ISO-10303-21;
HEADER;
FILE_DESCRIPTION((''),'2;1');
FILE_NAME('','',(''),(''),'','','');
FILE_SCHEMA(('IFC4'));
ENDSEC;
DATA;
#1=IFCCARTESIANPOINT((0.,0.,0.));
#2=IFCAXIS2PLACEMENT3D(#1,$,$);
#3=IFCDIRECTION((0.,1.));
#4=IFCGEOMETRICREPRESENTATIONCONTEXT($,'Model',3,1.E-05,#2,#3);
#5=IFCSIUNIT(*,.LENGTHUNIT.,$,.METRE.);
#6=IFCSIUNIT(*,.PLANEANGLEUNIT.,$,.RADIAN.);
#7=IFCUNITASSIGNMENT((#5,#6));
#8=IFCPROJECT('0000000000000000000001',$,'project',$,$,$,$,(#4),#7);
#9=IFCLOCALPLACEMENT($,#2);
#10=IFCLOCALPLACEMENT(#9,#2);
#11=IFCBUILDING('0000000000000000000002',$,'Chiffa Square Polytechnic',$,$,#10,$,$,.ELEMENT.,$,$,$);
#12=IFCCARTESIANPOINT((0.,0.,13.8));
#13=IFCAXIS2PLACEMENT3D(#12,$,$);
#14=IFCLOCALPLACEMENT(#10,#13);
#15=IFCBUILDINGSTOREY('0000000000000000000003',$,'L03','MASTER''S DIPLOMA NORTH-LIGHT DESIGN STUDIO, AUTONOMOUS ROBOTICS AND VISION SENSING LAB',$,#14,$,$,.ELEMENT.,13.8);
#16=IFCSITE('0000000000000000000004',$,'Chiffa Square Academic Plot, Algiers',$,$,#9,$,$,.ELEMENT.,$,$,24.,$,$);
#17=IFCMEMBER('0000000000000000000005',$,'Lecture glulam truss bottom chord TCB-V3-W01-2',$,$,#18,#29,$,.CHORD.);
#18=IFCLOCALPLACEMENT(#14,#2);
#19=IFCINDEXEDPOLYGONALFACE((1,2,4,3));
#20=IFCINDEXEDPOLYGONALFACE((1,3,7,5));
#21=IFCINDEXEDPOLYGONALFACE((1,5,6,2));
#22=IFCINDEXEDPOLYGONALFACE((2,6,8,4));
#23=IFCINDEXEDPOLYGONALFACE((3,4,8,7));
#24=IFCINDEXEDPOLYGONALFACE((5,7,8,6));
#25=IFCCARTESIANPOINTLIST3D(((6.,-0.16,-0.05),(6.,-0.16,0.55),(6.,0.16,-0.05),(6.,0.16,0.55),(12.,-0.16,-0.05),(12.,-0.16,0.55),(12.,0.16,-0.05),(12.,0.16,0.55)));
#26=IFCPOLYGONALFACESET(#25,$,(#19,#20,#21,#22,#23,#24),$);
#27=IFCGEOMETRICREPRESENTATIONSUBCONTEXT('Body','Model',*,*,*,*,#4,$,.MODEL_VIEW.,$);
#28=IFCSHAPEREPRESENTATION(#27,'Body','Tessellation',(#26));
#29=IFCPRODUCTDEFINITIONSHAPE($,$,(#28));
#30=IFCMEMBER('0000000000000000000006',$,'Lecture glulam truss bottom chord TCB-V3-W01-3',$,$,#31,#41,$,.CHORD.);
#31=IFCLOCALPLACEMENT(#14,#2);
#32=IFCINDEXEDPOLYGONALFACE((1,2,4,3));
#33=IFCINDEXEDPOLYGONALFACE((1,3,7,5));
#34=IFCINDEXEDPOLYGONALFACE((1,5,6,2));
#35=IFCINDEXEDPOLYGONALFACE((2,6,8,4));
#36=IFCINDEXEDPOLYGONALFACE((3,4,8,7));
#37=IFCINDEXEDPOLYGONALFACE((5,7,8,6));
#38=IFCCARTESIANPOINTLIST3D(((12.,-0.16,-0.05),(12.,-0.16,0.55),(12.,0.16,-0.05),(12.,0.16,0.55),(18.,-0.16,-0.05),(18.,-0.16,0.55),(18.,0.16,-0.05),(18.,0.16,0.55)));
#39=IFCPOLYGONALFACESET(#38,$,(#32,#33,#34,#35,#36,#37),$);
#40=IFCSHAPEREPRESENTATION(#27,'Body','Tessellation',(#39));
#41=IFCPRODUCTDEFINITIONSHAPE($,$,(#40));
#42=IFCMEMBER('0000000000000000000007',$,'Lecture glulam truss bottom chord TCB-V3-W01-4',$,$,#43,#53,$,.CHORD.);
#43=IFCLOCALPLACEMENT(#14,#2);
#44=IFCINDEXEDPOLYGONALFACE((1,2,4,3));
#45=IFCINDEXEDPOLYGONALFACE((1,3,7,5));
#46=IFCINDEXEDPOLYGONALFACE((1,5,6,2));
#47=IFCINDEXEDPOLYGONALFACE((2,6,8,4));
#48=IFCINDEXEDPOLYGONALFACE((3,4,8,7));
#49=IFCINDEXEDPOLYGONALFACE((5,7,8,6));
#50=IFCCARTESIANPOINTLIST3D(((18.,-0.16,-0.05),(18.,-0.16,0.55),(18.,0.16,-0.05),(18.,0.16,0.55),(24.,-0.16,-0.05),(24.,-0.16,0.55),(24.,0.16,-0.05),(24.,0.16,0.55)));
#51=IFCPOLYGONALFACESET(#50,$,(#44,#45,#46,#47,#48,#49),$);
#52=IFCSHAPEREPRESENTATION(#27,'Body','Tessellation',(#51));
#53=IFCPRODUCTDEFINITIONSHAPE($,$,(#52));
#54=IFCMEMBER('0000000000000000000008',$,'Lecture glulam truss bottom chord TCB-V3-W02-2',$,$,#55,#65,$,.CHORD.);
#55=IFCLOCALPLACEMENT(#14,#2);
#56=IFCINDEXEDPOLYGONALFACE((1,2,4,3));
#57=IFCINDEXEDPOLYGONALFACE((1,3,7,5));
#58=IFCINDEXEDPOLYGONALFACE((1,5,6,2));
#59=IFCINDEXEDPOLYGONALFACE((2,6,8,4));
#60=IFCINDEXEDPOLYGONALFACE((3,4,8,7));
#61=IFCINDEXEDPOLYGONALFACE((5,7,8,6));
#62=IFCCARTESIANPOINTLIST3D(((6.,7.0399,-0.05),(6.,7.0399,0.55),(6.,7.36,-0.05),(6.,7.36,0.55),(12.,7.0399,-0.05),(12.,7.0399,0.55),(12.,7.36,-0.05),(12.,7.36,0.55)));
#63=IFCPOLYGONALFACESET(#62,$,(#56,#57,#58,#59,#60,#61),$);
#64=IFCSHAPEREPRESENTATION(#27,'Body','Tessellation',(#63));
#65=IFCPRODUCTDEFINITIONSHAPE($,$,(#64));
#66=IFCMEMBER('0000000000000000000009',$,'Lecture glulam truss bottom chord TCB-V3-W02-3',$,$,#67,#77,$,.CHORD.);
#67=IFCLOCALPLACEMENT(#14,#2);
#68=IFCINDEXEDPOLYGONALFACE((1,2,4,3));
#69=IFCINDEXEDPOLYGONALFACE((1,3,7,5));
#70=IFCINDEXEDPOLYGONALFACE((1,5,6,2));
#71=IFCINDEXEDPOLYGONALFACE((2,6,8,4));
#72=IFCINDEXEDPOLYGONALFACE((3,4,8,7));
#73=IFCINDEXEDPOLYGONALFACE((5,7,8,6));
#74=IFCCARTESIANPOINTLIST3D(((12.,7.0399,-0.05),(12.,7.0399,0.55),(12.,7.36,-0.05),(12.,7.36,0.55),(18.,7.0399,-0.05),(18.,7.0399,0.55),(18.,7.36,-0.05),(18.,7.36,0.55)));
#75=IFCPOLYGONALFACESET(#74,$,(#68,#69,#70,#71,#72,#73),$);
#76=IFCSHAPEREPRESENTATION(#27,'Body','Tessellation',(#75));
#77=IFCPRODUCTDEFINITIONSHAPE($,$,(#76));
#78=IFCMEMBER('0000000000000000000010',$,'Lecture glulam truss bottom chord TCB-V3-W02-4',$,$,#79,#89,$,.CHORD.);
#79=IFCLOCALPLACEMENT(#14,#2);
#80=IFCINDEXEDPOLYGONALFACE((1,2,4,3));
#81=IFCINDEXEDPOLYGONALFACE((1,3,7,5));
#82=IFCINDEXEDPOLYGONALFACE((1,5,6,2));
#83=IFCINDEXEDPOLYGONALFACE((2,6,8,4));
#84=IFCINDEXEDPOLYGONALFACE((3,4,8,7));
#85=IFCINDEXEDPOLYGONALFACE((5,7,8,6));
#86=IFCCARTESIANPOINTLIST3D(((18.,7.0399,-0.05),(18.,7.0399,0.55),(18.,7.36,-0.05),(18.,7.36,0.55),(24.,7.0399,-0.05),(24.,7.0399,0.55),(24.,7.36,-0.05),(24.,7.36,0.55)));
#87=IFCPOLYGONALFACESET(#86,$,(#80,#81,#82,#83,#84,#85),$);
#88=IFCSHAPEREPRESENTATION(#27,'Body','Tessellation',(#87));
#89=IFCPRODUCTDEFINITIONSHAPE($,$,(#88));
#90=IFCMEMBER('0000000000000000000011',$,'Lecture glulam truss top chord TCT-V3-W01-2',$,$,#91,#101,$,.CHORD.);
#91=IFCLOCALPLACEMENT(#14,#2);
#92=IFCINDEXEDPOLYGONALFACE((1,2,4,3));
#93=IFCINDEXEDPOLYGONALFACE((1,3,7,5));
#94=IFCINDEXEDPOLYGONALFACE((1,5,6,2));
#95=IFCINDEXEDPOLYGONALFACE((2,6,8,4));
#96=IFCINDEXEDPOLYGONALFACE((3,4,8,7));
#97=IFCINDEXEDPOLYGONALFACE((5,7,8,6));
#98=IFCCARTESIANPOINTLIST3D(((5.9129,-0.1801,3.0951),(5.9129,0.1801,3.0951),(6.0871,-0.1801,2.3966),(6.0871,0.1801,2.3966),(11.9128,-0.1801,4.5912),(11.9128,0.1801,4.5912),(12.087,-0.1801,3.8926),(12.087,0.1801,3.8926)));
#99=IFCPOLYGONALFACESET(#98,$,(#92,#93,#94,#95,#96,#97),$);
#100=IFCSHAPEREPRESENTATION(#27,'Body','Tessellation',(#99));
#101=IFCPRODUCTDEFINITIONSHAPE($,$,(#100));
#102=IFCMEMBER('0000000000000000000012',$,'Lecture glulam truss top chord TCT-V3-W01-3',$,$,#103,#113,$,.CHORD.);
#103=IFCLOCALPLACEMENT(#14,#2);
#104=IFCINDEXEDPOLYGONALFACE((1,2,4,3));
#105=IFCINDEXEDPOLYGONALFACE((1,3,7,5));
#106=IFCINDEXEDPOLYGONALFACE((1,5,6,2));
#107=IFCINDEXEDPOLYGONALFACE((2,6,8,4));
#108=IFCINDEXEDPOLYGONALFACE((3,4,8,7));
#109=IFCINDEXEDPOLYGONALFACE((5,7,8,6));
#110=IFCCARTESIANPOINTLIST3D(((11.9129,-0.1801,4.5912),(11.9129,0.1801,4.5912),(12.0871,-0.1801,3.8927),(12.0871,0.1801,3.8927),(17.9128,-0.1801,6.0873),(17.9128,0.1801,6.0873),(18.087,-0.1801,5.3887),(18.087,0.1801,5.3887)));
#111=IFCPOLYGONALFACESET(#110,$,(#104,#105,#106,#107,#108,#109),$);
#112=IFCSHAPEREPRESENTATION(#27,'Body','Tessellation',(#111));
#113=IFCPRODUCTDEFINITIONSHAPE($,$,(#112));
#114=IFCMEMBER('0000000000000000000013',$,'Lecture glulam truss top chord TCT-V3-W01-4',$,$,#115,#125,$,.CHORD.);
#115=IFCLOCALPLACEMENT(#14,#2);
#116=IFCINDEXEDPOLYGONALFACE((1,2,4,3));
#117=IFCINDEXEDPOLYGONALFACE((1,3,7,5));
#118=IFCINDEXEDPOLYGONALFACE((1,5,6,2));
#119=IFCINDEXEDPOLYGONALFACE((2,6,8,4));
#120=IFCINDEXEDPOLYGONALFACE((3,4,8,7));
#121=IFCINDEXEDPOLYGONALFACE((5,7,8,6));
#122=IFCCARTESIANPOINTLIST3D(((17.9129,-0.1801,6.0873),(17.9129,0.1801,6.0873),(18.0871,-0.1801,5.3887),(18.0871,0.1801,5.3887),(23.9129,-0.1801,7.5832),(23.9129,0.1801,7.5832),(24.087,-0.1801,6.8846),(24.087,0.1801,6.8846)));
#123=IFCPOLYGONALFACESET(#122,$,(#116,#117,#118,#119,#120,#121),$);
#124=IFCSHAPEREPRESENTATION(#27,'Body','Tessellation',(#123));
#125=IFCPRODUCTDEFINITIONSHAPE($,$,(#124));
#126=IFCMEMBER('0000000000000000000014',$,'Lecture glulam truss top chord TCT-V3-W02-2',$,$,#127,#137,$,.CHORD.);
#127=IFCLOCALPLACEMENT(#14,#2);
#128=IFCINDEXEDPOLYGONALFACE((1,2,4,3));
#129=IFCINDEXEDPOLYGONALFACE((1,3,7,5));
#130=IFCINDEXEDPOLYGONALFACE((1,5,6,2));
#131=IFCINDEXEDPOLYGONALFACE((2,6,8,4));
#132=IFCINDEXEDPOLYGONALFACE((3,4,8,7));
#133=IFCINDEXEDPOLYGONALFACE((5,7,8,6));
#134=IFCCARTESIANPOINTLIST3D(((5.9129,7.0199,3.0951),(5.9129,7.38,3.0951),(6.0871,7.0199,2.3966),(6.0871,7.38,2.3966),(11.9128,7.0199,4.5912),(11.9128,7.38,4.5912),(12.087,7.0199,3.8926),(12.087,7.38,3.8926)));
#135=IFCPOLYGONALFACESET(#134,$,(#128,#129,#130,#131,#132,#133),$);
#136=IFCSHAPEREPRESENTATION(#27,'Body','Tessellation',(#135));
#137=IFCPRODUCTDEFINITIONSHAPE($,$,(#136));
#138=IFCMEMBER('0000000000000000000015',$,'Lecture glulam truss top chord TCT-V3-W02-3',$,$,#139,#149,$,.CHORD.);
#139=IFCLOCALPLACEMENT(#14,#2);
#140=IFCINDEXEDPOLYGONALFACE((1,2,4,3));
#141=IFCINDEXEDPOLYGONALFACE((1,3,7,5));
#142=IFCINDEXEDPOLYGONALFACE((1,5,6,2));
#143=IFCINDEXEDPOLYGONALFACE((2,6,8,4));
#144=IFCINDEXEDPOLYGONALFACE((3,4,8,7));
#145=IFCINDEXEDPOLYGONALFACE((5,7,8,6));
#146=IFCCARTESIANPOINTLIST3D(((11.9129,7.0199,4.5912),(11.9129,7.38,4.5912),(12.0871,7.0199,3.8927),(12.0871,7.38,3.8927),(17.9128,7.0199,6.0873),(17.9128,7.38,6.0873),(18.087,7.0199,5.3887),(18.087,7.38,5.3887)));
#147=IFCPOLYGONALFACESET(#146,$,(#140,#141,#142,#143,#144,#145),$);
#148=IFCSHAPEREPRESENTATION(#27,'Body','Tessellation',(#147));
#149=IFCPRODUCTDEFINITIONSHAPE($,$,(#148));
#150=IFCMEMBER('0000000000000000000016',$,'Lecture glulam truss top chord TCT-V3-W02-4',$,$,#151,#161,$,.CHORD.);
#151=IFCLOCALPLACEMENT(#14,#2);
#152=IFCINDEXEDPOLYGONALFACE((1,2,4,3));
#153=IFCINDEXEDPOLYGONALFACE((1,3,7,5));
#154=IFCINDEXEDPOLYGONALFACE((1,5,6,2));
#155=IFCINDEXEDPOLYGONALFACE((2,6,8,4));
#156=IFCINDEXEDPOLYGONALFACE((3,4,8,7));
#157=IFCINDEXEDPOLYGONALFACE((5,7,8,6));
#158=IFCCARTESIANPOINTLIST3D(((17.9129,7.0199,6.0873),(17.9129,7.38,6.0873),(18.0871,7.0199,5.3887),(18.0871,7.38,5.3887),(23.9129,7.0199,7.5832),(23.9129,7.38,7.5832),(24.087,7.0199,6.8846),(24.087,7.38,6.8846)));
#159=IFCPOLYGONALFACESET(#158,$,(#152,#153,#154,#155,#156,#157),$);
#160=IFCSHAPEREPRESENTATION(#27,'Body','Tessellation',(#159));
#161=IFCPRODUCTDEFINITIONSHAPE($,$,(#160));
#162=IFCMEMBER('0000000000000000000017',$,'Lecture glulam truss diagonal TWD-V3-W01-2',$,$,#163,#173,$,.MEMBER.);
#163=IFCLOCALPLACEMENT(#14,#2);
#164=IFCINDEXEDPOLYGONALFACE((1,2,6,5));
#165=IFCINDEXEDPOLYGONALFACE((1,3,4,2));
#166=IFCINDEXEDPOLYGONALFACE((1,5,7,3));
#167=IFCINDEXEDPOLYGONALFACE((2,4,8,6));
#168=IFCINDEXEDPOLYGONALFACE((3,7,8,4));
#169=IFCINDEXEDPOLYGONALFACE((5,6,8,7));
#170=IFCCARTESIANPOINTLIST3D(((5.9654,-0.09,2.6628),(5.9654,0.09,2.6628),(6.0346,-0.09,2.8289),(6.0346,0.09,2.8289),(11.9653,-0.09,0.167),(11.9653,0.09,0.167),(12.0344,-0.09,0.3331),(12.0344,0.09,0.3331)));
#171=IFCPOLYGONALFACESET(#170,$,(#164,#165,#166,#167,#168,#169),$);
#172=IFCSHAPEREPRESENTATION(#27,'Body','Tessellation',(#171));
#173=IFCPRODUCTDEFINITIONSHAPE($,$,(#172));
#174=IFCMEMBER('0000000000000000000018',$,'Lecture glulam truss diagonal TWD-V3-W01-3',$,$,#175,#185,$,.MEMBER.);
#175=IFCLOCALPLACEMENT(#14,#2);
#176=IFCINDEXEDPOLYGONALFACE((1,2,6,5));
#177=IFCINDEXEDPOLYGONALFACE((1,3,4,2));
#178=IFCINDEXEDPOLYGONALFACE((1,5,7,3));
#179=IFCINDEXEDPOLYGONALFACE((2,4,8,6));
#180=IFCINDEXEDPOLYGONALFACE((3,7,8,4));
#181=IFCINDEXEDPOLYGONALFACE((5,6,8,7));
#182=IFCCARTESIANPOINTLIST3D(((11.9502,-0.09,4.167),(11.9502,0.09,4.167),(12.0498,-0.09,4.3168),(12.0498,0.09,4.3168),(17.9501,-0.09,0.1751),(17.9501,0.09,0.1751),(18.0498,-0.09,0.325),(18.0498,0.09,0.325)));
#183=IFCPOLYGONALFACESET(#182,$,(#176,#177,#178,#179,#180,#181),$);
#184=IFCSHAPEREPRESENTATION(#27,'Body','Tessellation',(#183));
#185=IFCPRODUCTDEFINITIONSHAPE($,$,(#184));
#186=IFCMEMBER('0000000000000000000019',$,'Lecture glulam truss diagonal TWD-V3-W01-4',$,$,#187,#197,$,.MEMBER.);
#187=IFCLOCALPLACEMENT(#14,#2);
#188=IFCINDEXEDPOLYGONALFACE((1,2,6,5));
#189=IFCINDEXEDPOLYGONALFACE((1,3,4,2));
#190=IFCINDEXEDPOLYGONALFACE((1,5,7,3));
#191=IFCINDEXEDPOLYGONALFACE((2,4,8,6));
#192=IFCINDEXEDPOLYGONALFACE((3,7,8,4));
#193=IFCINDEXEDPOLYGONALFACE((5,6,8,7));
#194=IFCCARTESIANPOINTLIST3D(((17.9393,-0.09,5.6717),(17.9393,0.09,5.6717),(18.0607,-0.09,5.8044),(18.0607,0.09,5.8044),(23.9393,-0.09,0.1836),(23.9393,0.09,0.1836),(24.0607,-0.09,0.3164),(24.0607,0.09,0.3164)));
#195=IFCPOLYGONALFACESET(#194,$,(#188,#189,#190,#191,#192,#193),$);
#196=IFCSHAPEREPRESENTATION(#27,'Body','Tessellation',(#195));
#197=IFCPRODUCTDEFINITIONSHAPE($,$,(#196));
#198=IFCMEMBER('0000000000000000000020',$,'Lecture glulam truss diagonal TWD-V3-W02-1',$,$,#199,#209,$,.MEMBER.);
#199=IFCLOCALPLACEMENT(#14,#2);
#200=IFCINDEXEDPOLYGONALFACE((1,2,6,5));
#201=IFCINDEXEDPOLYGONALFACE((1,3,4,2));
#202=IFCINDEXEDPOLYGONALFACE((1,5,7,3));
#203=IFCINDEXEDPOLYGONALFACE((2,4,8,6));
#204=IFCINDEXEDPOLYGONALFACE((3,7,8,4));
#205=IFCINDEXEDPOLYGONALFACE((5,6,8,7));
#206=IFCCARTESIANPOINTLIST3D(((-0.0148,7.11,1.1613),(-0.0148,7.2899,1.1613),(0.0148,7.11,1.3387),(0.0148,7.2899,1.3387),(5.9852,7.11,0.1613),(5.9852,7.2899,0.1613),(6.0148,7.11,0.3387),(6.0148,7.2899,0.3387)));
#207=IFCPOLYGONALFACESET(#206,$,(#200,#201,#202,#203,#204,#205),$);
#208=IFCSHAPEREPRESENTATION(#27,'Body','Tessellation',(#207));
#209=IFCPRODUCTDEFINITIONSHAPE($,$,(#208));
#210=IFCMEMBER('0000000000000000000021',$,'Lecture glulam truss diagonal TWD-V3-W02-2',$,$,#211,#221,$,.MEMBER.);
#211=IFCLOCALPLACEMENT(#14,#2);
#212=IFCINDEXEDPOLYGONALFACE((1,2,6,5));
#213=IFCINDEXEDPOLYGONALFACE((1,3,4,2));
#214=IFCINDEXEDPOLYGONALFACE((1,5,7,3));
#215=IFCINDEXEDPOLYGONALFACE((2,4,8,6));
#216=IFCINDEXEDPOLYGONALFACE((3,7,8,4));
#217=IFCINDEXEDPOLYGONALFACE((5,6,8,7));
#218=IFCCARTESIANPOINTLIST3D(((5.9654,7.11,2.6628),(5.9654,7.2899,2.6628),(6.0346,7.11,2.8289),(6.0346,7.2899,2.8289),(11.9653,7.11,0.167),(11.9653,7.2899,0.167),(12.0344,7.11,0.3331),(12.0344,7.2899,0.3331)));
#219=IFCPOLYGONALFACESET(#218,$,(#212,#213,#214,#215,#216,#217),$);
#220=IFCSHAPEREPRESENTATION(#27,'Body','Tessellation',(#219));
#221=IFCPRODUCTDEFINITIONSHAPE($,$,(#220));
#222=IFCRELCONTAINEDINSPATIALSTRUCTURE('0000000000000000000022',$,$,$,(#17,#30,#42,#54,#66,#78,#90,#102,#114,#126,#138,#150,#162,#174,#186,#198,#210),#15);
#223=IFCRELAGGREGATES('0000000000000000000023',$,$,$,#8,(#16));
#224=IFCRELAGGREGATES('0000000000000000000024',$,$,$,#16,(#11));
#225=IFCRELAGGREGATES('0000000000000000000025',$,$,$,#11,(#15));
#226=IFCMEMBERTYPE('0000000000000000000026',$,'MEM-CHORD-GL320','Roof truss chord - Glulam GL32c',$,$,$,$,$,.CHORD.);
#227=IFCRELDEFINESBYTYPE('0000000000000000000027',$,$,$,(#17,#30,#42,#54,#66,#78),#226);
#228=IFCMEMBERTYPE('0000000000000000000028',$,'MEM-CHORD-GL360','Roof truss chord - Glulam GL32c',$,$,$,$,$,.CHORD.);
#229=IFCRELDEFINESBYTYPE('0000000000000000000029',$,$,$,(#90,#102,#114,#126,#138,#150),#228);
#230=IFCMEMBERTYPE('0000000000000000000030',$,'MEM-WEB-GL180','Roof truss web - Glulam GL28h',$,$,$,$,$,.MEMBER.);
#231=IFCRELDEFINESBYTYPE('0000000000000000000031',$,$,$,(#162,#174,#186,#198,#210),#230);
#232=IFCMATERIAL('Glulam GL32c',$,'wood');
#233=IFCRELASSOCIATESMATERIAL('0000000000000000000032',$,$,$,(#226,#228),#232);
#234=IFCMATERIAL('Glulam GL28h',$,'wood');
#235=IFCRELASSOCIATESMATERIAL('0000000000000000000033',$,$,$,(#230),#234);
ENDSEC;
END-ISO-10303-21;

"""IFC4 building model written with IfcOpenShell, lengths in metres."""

from ifc_helpers import new_model, si_unit, direction, frame, origin, origin_2d, place, context, subcontext, project, spatial, rectangle, extrude, material, material_profile, profile_set, type_object, element, save


model = new_model("IFC4")

# Units and contexts
model_context = context("Model", 3, precision=1e-05, world=origin(), true_north=direction((0.0, 1.0)))
body_context = subcontext(model_context, "Body", "Model", "MODEL_VIEW")
ifc_project = project(units=[si_unit("LENGTHUNIT", "METRE"), si_unit("PLANEANGLEUNIT", "RADIAN")], contexts=[model_context])

# Site, building, storey
site_placement = place(None, origin())
site = spatial("IfcSite", under=ifc_project, at=site_placement, Name="Chiffa Square Academic Plot, Algiers", CompositionType="ELEMENT", RefElevation=24.0)
building_placement = place(site_placement, origin())
building = spatial("IfcBuilding", under=site, at=building_placement, Name="Chiffa Square Polytechnic", CompositionType="ELEMENT")
storey_placement = place(building_placement, frame((0.0, 0.0, 13.8)))
storey = spatial("IfcBuildingStorey", under=building, at=storey_placement, Name="L03", Description="MASTER'S DIPLOMA NORTH-LIGHT DESIGN STUDIO, AUTONOMOUS ROBOTICS AND VISION SENSING LAB", CompositionType="ELEMENT", Elevation=13.8)

# Members
ifc_material_1 = material(Name="Glulam GL32c", Category="wood")
ifc_material_profile_1 = material_profile(ifc_material_1, rectangle(XDim=0.3201, YDim=0.6001, at=origin_2d()), Name="GL32c 320x600")
ifc_profile_set_1 = profile_set([ifc_material_profile_1], Name="Glulam GL32c")
member_type_1 = type_object("IfcMemberType", Name="MEM-CHORD-GL320", Description="Roof truss chord - Glulam GL32c", PredefinedType="CHORD", material=ifc_profile_set_1)
for number, where, z_axis, x_axis, name in (
    (1, (6.0, 0.0, 0.25), (1.0, 0.0, 0.0), (0.0, 1.0, 0.0), "Lecture glulam truss bottom chord TCB-V3-W01-2"),
    (2, (12.0, 0.0, 0.25), (1.0, 0.0, 0.0), (0.0, 1.0, 0.0), "Lecture glulam truss bottom chord TCB-V3-W01-3"),
    (3, (18.0, 0.0, 0.25), (1.0, 0.0, 0.0), (0.0, 1.0, 0.0), "Lecture glulam truss bottom chord TCB-V3-W01-4"),
    (4, (6.0, 7.2, 0.25), (1.0, 0.0, 0.0), (0.0, 1.0, 0.0), "Lecture glulam truss bottom chord TCB-V3-W02-2"),
    (5, (12.0, 7.2, 0.25), (1.0, 0.0, 0.0), (0.0, 1.0, 0.0), "Lecture glulam truss bottom chord TCB-V3-W02-3"),
    (6, (18.0, 7.2, 0.25), (1.0, 0.0, 0.0), (0.0, 1.0, 0.0), "Lecture glulam truss bottom chord TCB-V3-W02-4"),
):
    element("IfcMember", number, at=place(storey_placement, frame(where, z_axis=z_axis, x_axis=x_axis)), inside=storey, type_object=member_type_1, Name=name, PredefinedType="CHORD", context=body_context, shape_type="SweptSolid", body=[
        extrude(rectangle(XDim=0.3201, YDim=0.6001, at=origin_2d()), origin(), (0.0, 0.0, 1.0), 6.0),
    ])
ifc_material_profile_2 = material_profile(ifc_material_1, rectangle(XDim=0.3601, YDim=0.72, at=origin_2d()), Name="GL32c 360x720")
ifc_profile_set_2 = profile_set([ifc_material_profile_2], Name="Glulam GL32c")
member_type_2 = type_object("IfcMemberType", Name="MEM-CHORD-GL360", Description="Roof truss chord - Glulam GL32c", PredefinedType="CHORD", material=ifc_profile_set_2)
for number, where, z_axis, x_axis, name in (
    (7, (6.0, 0.0, 2.7458), (0.970291, 0.0, 0.241941), (0.0, 1.0, 0.0), "Lecture glulam truss top chord TCT-V3-W01-2"),
    (8, (12.0, 0.0, 4.2419), (0.970291, 0.0, 0.241941), (0.0, 1.0, 0.0), "Lecture glulam truss top chord TCT-V3-W01-3"),
    (9, (18.0, 0.0, 5.738), (0.9703, 0.0, 0.241904), (0.0, 1.0, 0.0), "Lecture glulam truss top chord TCT-V3-W01-4"),
    (10, (6.0, 7.2, 2.7458), (0.970291, 0.0, 0.241941), (0.0, 1.0, 0.0), "Lecture glulam truss top chord TCT-V3-W02-2"),
    (11, (12.0, 7.2, 4.2419), (0.970291, 0.0, 0.241941), (0.0, 1.0, 0.0), "Lecture glulam truss top chord TCT-V3-W02-3"),
    (12, (18.0, 7.2, 5.738), (0.9703, 0.0, 0.241904), (0.0, 1.0, 0.0), "Lecture glulam truss top chord TCT-V3-W02-4"),
):
    element("IfcMember", number, at=place(storey_placement, frame(where, z_axis=z_axis, x_axis=x_axis)), inside=storey, type_object=member_type_2, Name=name, PredefinedType="CHORD", context=body_context, shape_type="SweptSolid", body=[
        extrude(rectangle(XDim=0.3601, YDim=0.72, at=origin_2d()), origin(), (0.0, 0.0, 1.0), 6.1836),
    ])
ifc_material_2 = material(Name="Glulam GL28h", Category="wood")
ifc_material_profile_3 = material_profile(ifc_material_2, rectangle(XDim=0.1799, YDim=0.1799, at=origin_2d()), Name="GL28h 180x180")
ifc_profile_set_3 = profile_set([ifc_material_profile_3], Name="Glulam GL28h")
member_type_3 = type_object("IfcMemberType", Name="MEM-WEB-GL180", Description="Roof truss web - Glulam GL28h", PredefinedType="MEMBER", material=ifc_profile_set_3)
member_1_placement = place(storey_placement, frame((6.0, 0.0, 2.7458), z_axis=(0.923304, 0.0, -0.384071), x_axis=(0.0, 1.0, 0.0)))
element("IfcMember", 13, at=member_1_placement, inside=storey, type_object=member_type_3, Name="Lecture glulam truss diagonal TWD-V3-W01-2", PredefinedType="MEMBER", context=body_context, shape_type="SweptSolid", body=[
    extrude(rectangle(XDim=0.1799, YDim=0.1799, at=origin_2d()), origin(), (0.0, 0.0, 1.0), 6.4983),
])
member_2_placement = place(storey_placement, frame((12.0, 0.0, 4.2419), z_axis=(0.832566, 0.0, -0.553926), x_axis=(0.0, 1.0, 0.0)))
element("IfcMember", 14, at=member_2_placement, inside=storey, type_object=member_type_3, Name="Lecture glulam truss diagonal TWD-V3-W01-3", PredefinedType="MEMBER", context=body_context, shape_type="SweptSolid", body=[
    extrude(rectangle(XDim=0.1799, YDim=0.1799, at=origin_2d()), origin(), (0.0, 0.0, 1.0), 7.2065),
])
member_3_placement = place(storey_placement, frame((18.0, 0.0, 5.738), z_axis=(0.737887, 0.0, -0.674925), x_axis=(0.0, 1.0, 0.0)))
element("IfcMember", 15, at=member_3_placement, inside=storey, type_object=member_type_3, Name="Lecture glulam truss diagonal TWD-V3-W01-4", PredefinedType="MEMBER", context=body_context, shape_type="SweptSolid", body=[
    extrude(rectangle(XDim=0.1799, YDim=0.1799, at=origin_2d()), origin(), (0.0, 0.0, 1.0), 8.1313),
])
member_4_placement = place(storey_placement, frame((0.0, 7.2, 1.25), z_axis=(0.986394, 0.0, -0.164399), x_axis=(0.0, 1.0, 0.0)))
element("IfcMember", 16, at=member_4_placement, inside=storey, type_object=member_type_3, Name="Lecture glulam truss diagonal TWD-V3-W02-1", PredefinedType="MEMBER", context=body_context, shape_type="SweptSolid", body=[
    extrude(rectangle(XDim=0.1799, YDim=0.1799, at=origin_2d()), origin(), (0.0, 0.0, 1.0), 6.0828),
])
member_5_placement = place(storey_placement, frame((6.0, 7.2, 2.7458), z_axis=(0.923304, 0.0, -0.384071), x_axis=(0.0, 1.0, 0.0)))
element("IfcMember", 17, at=member_5_placement, inside=storey, type_object=member_type_3, Name="Lecture glulam truss diagonal TWD-V3-W02-2", PredefinedType="MEMBER", context=body_context, shape_type="SweptSolid", body=[
    extrude(rectangle(XDim=0.1799, YDim=0.1799, at=origin_2d()), origin(), (0.0, 0.0, 1.0), 6.4983),
])

save(model, "model.ifc")
